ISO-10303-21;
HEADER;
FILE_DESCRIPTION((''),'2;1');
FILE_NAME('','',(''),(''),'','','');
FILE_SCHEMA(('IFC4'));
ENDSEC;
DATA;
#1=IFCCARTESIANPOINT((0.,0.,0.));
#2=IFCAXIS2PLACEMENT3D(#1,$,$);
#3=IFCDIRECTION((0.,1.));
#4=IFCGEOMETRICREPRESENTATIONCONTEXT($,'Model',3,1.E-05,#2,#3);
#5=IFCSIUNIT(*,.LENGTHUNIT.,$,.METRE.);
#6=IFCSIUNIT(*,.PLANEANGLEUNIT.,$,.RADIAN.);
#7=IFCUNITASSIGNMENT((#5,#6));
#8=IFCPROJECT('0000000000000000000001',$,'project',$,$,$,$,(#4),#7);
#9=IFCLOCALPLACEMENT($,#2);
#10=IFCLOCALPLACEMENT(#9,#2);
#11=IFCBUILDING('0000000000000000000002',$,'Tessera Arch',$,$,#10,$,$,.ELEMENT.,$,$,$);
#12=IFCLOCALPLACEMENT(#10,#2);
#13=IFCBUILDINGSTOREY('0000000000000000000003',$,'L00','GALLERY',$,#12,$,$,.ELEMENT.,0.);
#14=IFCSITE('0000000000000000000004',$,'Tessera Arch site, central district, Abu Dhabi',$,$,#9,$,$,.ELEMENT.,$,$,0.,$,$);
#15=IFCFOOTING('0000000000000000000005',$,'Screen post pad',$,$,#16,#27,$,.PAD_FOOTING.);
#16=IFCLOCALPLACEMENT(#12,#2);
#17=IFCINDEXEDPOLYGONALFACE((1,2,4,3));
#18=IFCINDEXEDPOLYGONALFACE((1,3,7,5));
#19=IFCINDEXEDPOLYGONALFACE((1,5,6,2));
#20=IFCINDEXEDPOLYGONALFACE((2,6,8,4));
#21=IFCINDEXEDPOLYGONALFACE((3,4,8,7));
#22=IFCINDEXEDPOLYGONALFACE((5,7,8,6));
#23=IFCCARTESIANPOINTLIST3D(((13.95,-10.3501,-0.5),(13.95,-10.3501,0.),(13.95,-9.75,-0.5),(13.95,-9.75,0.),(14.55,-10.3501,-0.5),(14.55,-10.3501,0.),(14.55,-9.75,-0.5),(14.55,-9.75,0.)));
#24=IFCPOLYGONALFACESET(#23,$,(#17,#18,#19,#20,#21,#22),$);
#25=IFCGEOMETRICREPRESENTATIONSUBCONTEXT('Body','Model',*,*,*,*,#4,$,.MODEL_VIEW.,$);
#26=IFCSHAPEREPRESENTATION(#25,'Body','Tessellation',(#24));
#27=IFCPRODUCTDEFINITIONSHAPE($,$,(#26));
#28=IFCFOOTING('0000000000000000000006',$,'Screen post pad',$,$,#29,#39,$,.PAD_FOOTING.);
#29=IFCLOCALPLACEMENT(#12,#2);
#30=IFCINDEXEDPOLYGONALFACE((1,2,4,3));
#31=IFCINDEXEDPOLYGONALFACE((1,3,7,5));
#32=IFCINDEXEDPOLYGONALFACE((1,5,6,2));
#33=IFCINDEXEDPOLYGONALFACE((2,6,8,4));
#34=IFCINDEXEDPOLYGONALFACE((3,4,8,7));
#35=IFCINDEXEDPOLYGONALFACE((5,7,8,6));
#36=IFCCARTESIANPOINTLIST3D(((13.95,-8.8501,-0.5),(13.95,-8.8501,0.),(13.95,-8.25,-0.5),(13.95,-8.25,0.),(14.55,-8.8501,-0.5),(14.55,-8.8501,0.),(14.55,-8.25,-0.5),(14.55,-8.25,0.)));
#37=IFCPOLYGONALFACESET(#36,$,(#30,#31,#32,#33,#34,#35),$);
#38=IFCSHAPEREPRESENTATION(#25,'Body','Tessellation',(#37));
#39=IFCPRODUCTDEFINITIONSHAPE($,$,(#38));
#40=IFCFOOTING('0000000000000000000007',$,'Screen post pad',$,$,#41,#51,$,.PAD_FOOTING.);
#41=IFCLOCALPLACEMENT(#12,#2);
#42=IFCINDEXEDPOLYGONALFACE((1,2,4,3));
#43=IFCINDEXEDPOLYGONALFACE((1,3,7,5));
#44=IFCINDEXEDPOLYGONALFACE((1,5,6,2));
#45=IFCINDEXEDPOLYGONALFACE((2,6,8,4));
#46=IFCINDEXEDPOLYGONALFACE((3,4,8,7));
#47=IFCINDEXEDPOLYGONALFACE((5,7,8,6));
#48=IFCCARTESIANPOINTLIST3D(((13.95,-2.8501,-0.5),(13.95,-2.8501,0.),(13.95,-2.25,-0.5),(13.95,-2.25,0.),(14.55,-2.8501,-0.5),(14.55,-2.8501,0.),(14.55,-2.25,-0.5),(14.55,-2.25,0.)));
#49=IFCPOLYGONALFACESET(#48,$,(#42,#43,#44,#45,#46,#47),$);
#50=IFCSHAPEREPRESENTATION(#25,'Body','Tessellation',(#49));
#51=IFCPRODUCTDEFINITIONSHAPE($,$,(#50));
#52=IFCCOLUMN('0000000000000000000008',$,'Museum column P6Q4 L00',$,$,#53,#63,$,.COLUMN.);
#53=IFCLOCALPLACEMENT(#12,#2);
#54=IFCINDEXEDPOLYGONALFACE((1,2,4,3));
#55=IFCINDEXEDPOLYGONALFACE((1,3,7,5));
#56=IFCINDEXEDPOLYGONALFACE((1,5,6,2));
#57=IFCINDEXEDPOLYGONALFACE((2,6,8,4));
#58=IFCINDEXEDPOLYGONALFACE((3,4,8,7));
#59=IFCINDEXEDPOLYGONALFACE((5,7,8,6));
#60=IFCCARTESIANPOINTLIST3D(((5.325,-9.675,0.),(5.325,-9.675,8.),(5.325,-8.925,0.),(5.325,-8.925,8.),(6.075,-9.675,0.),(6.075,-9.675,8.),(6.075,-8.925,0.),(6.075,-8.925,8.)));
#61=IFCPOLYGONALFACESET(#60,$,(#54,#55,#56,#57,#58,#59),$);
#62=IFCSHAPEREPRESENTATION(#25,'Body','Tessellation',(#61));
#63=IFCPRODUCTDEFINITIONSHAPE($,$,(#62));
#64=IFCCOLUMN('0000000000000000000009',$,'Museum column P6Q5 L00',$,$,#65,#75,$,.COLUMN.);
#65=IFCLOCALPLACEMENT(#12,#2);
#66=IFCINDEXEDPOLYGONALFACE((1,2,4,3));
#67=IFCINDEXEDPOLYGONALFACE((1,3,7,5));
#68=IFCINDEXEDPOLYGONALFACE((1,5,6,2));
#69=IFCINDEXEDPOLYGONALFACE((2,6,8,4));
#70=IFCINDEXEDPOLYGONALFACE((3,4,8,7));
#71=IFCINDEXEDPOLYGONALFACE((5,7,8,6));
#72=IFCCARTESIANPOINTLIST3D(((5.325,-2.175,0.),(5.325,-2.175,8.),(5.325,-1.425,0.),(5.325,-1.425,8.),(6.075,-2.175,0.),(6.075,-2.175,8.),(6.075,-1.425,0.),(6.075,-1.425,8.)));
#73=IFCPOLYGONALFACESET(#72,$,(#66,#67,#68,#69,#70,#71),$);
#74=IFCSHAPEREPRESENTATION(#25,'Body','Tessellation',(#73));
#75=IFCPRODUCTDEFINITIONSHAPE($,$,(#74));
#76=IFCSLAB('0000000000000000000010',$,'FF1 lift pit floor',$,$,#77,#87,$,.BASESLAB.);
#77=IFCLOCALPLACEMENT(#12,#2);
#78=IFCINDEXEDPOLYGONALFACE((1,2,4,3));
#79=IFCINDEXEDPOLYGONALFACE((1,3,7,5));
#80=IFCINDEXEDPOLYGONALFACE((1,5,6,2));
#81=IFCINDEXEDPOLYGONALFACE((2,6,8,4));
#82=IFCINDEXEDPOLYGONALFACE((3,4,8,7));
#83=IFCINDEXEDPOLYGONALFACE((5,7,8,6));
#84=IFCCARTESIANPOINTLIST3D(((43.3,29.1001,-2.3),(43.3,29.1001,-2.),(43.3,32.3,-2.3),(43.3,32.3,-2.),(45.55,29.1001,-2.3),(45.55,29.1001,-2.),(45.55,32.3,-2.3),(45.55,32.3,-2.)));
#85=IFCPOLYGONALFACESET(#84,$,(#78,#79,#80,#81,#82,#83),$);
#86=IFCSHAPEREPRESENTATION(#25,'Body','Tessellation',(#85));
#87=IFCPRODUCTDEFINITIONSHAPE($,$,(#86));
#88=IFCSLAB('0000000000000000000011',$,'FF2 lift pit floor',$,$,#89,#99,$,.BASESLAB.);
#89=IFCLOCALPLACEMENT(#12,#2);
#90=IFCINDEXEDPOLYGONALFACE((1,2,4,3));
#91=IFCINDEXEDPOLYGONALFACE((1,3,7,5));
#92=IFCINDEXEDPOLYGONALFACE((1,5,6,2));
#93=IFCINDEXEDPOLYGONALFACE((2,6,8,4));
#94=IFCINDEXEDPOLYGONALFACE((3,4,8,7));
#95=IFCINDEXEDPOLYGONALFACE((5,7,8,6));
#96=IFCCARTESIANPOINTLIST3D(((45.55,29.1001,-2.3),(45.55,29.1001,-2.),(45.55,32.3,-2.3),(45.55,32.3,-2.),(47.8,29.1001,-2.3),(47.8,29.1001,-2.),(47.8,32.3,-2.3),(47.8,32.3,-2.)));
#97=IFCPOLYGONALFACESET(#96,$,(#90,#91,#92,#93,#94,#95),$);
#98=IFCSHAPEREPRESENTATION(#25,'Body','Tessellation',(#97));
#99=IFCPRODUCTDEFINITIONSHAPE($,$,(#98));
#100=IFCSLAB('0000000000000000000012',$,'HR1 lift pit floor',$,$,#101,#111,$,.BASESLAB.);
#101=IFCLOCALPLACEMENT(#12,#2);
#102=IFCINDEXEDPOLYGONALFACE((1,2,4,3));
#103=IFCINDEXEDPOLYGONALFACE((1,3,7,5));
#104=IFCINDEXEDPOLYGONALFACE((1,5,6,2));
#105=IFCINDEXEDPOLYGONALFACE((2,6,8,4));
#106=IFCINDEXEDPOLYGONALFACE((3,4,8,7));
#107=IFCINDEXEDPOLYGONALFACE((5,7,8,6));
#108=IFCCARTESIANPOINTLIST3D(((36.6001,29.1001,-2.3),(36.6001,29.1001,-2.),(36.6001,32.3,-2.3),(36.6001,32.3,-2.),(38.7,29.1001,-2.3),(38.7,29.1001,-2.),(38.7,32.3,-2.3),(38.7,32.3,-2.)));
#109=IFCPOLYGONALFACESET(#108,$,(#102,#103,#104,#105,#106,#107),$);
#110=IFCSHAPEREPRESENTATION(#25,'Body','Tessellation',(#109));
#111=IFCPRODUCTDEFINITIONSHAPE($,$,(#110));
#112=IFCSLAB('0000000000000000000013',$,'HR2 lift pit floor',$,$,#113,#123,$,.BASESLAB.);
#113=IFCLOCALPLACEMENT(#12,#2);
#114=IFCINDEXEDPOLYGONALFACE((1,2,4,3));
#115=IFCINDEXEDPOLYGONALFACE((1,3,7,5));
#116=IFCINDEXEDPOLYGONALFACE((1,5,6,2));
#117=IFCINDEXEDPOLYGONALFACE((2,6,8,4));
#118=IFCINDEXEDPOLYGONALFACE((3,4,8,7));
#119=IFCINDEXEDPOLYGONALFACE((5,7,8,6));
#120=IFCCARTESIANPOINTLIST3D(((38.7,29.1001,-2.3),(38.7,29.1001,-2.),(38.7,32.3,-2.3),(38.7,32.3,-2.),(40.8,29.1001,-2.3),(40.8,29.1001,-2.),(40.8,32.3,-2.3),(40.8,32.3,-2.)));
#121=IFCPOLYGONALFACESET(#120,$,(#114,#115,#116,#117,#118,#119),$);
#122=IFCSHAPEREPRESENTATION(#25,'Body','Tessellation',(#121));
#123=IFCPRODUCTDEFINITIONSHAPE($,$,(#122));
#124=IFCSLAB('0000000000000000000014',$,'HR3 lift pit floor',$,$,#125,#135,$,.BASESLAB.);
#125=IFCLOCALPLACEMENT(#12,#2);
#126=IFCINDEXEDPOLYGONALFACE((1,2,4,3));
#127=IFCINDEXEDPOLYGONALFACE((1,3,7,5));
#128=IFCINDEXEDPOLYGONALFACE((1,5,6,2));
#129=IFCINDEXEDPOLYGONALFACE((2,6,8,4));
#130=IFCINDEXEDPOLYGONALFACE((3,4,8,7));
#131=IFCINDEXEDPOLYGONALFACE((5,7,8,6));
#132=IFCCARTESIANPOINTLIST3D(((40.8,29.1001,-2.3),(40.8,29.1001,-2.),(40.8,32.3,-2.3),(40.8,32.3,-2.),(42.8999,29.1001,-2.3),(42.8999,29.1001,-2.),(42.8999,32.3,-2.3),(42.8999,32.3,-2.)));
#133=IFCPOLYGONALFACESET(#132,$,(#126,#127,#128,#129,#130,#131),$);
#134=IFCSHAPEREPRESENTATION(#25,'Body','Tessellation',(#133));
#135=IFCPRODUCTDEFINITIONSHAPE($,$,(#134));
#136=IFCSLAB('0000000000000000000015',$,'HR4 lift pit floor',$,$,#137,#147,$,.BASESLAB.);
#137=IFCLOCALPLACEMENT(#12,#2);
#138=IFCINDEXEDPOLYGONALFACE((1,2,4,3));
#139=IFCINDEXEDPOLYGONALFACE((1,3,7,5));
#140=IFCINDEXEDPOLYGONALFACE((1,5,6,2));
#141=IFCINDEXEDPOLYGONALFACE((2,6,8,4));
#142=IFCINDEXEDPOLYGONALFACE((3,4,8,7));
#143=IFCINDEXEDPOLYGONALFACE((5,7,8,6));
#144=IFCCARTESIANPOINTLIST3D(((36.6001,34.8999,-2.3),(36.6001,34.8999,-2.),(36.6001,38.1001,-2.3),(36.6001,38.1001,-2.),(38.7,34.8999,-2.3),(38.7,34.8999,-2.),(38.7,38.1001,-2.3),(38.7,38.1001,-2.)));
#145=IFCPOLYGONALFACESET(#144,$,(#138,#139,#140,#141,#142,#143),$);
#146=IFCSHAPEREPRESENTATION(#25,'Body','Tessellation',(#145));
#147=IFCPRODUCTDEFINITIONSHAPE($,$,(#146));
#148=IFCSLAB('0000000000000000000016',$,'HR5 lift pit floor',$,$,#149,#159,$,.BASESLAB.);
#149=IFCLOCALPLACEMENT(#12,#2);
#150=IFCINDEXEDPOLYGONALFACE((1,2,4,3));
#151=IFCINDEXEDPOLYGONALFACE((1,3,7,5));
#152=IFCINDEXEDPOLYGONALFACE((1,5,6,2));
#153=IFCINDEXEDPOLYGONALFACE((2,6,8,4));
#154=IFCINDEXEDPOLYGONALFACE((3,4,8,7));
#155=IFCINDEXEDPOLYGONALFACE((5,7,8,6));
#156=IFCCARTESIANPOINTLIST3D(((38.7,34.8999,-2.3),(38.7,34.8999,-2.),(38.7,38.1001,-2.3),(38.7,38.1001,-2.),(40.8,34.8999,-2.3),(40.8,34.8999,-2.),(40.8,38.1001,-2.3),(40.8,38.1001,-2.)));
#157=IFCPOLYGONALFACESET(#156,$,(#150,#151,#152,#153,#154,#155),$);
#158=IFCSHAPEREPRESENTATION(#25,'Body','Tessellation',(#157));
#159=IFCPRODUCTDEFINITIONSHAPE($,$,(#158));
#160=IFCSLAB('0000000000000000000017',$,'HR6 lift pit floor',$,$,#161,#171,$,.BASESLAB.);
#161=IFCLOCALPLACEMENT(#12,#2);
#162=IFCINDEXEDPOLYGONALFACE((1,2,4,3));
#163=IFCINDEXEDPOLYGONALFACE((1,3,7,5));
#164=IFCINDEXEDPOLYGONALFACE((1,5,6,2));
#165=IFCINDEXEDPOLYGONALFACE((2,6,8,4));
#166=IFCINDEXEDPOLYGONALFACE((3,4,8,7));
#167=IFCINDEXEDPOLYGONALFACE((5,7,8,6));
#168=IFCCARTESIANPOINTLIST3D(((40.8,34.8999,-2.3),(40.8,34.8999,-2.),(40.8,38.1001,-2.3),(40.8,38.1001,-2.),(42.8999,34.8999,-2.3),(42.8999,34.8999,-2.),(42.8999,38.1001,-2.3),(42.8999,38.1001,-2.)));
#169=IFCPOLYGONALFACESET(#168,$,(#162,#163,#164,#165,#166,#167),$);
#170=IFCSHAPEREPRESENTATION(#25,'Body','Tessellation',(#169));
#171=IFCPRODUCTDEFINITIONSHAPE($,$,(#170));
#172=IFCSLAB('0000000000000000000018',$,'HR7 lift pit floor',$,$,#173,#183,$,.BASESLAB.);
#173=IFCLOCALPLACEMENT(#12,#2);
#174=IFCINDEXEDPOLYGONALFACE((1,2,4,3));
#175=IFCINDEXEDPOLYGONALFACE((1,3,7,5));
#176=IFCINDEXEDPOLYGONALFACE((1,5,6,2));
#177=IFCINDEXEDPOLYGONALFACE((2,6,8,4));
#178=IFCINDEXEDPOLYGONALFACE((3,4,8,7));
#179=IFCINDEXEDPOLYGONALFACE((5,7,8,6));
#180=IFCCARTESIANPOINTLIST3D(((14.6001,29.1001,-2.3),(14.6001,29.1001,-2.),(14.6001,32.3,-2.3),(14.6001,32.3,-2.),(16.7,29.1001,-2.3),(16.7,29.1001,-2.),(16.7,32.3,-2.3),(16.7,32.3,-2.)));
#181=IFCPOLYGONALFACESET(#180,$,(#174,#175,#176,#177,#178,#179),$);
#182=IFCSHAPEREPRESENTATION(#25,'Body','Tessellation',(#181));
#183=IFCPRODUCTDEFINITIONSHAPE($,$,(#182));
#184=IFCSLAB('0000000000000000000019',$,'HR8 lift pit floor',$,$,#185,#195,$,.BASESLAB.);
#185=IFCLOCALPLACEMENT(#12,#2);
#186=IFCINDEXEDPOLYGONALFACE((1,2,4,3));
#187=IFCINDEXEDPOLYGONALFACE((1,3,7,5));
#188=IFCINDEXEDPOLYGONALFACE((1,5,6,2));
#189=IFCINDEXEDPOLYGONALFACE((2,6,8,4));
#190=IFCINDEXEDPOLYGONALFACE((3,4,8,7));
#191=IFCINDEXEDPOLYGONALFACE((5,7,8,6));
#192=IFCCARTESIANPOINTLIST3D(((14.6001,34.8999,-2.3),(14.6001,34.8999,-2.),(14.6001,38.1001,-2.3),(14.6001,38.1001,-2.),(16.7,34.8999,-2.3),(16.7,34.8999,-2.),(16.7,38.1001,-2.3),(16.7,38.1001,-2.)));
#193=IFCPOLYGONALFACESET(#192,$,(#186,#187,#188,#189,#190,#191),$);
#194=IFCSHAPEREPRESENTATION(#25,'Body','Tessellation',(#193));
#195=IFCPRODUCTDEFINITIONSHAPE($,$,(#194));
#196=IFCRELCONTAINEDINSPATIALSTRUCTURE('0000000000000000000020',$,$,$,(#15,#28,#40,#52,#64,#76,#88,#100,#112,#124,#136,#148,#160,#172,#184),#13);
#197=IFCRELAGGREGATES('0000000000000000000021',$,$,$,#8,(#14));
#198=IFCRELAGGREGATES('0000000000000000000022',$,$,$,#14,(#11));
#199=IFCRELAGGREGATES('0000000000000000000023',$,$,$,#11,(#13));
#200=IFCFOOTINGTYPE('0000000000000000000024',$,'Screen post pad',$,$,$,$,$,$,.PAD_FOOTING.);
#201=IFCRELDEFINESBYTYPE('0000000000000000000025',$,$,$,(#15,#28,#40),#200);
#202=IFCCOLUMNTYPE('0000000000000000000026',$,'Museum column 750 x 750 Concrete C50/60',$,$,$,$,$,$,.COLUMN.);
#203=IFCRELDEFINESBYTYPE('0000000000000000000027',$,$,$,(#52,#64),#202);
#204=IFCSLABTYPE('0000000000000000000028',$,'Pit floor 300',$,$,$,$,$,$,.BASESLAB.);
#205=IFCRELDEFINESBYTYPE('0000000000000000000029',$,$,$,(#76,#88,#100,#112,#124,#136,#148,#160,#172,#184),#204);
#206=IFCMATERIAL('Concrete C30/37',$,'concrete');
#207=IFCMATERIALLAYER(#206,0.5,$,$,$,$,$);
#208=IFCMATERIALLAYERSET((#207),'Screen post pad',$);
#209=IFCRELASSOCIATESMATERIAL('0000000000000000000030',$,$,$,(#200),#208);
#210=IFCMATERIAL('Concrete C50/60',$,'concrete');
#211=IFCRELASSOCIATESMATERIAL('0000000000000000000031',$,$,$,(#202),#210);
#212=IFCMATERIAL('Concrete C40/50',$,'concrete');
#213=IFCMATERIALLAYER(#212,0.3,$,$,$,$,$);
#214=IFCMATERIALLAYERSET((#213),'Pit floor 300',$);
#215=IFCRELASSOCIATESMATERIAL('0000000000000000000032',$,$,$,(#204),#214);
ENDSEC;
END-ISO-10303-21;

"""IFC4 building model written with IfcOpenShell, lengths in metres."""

from ifc_helpers import new_model, si_unit, direction, frame, origin, origin_2d, place, context, subcontext, project, spatial, polyline, rectangle, outline, extrude, material, layer, layer_set, material_profile, profile_set, type_object, element, save


model = new_model("IFC4")

# Units and contexts
model_context = context("Model", 3, precision=1e-05, world=origin(), true_north=direction((0.0, 1.0)))
body_context = subcontext(model_context, "Body", "Model", "MODEL_VIEW")
ifc_project = project(units=[si_unit("LENGTHUNIT", "METRE"), si_unit("PLANEANGLEUNIT", "RADIAN")], contexts=[model_context])

# Site, building, storey
site_placement = place(None, origin())
site = spatial("IfcSite", under=ifc_project, at=site_placement, Name="Tessera Arch site, central district, Abu Dhabi", CompositionType="ELEMENT", RefElevation=0.0)
building_placement = place(site_placement, origin())
building = spatial("IfcBuilding", under=site, at=building_placement, Name="Tessera Arch", CompositionType="ELEMENT")
storey_placement = place(building_placement, origin())
storey = spatial("IfcBuildingStorey", under=building, at=storey_placement, Name="L00", Description="GALLERY", CompositionType="ELEMENT", Elevation=0.0)

# Footings
ifc_material_1 = material(Name="Concrete C30/37", Category="concrete")
ifc_layer_1 = layer(ifc_material_1, 0.5)
ifc_layer_set_1 = layer_set([ifc_layer_1], Name="Screen post pad")
footing_type = type_object("IfcFootingType", Name="Screen post pad", PredefinedType="PAD_FOOTING", material=ifc_layer_set_1)
footing_1_placement = place(storey_placement, frame((0.0, 0.0, -0.5)))
element("IfcFooting", 1, at=footing_1_placement, inside=storey, type_object=footing_type, Name="Screen post pad", PredefinedType="PAD_FOOTING", context=body_context, shape_type="SweptSolid", body=[
    extrude(outline(polyline([(13.95, -10.3501), (13.95, -9.75), (14.55, -9.75), (14.55, -10.3501), (13.95, -10.3501)])), origin(), (0.0, 0.0, 1.0), 0.5),
])
footing_2_placement = place(storey_placement, frame((0.0, 0.0, -0.5)))
element("IfcFooting", 2, at=footing_2_placement, inside=storey, type_object=footing_type, Name="Screen post pad", PredefinedType="PAD_FOOTING", context=body_context, shape_type="SweptSolid", body=[
    extrude(outline(polyline([(13.95, -8.8501), (13.95, -8.25), (14.55, -8.25), (14.55, -8.8501), (13.95, -8.8501)])), origin(), (0.0, 0.0, 1.0), 0.5),
])
footing_3_placement = place(storey_placement, frame((0.0, 0.0, -0.5)))
element("IfcFooting", 3, at=footing_3_placement, inside=storey, type_object=footing_type, Name="Screen post pad", PredefinedType="PAD_FOOTING", context=body_context, shape_type="SweptSolid", body=[
    extrude(outline(polyline([(13.95, -2.8501), (13.95, -2.25), (14.55, -2.25), (14.55, -2.8501), (13.95, -2.8501)])), origin(), (0.0, 0.0, 1.0), 0.5),
])

# Columns
ifc_material_2 = material(Name="Concrete C50/60", Category="concrete")
ifc_material_profile = material_profile(ifc_material_2, rectangle(XDim=0.75, YDim=0.75, at=origin_2d()), Name="Museum column 750 x 750 Concrete C50/60")
ifc_profile_set = profile_set([ifc_material_profile], Name="Concrete C50/60")
column_type = type_object("IfcColumnType", Name="Museum column 750 x 750 Concrete C50/60", PredefinedType="COLUMN", material=ifc_profile_set)
for number, where, z_axis, x_axis, name in (
    (4, (5.7, -9.3, 0.0), (0.0, 0.0, 1.0), (1.0, 0.0, 0.0), "Museum column P6Q4 L00"),
    (5, (5.7, -1.8, 0.0), (0.0, 0.0, 1.0), (1.0, 0.0, 0.0), "Museum column P6Q5 L00"),
):
    element("IfcColumn", number, at=place(storey_placement, frame(where, z_axis=z_axis, x_axis=x_axis)), inside=storey, type_object=column_type, Name=name, PredefinedType="COLUMN", context=body_context, shape_type="SweptSolid", body=[
        extrude(rectangle(XDim=0.75, YDim=0.75, at=origin_2d()), origin(), (0.0, 0.0, 1.0), 8.0),
    ])

# Slabs
ifc_material_3 = material(Name="Concrete C40/50", Category="concrete")
ifc_layer_2 = layer(ifc_material_3, 0.3)
ifc_layer_set_2 = layer_set([ifc_layer_2], Name="Pit floor 300")
slab_type_1 = type_object("IfcSlabType", Name="Pit floor 300", PredefinedType="BASESLAB", material=ifc_layer_set_2)
slab_1_placement = place(storey_placement, frame((0.0, 0.0, -2.3)))
element("IfcSlab", 6, at=slab_1_placement, inside=storey, type_object=slab_type_1, Name="FF1 lift pit floor", PredefinedType="BASESLAB", context=body_context, shape_type="SweptSolid", body=[
    extrude(outline(polyline([(43.3, 29.1001), (45.55, 29.1001), (45.55, 32.3), (43.3, 32.3), (43.3, 29.1001)])), origin(), (0.0, 0.0, 1.0), 0.3),
])
slab_2_placement = place(storey_placement, frame((0.0, 0.0, -2.3)))
element("IfcSlab", 7, at=slab_2_placement, inside=storey, type_object=slab_type_1, Name="FF2 lift pit floor", PredefinedType="BASESLAB", context=body_context, shape_type="SweptSolid", body=[
    extrude(outline(polyline([(45.55, 29.1001), (47.8, 29.1001), (47.8, 32.3), (45.55, 32.3), (45.55, 29.1001)])), origin(), (0.0, 0.0, 1.0), 0.3),
])
slab_3_placement = place(storey_placement, frame((0.0, 0.0, -2.3)))
element("IfcSlab", 8, at=slab_3_placement, inside=storey, type_object=slab_type_1, Name="HR1 lift pit floor", PredefinedType="BASESLAB", context=body_context, shape_type="SweptSolid", body=[
    extrude(outline(polyline([(36.6001, 29.1001), (38.7, 29.1001), (38.7, 32.3), (36.6001, 32.3), (36.6001, 29.1001)])), origin(), (0.0, 0.0, 1.0), 0.3),
])
slab_4_placement = place(storey_placement, frame((0.0, 0.0, -2.3)))
element("IfcSlab", 9, at=slab_4_placement, inside=storey, type_object=slab_type_1, Name="HR2 lift pit floor", PredefinedType="BASESLAB", context=body_context, shape_type="SweptSolid", body=[
    extrude(outline(polyline([(38.7, 29.1001), (40.8, 29.1001), (40.8, 32.3), (38.7, 32.3), (38.7, 29.1001)])), origin(), (0.0, 0.0, 1.0), 0.3),
])
slab_5_placement = place(storey_placement, frame((0.0, 0.0, -2.3)))
element("IfcSlab", 10, at=slab_5_placement, inside=storey, type_object=slab_type_1, Name="HR3 lift pit floor", PredefinedType="BASESLAB", context=body_context, shape_type="SweptSolid", body=[
    extrude(outline(polyline([(40.8, 29.1001), (42.8999, 29.1001), (42.8999, 32.3), (40.8, 32.3), (40.8, 29.1001)])), origin(), (0.0, 0.0, 1.0), 0.3),
])
slab_6_placement = place(storey_placement, frame((0.0, 0.0, -2.3)))
element("IfcSlab", 11, at=slab_6_placement, inside=storey, type_object=slab_type_1, Name="HR4 lift pit floor", PredefinedType="BASESLAB", context=body_context, shape_type="SweptSolid", body=[
    extrude(outline(polyline([(36.6001, 34.8999), (38.7, 34.8999), (38.7, 38.1001), (36.6001, 38.1001), (36.6001, 34.8999)])), origin(), (0.0, 0.0, 1.0), 0.3),
])
slab_7_placement = place(storey_placement, frame((0.0, 0.0, -2.3)))
element("IfcSlab", 12, at=slab_7_placement, inside=storey, type_object=slab_type_1, Name="HR5 lift pit floor", PredefinedType="BASESLAB", context=body_context, shape_type="SweptSolid", body=[
    extrude(outline(polyline([(38.7, 34.8999), (40.8, 34.8999), (40.8, 38.1001), (38.7, 38.1001), (38.7, 34.8999)])), origin(), (0.0, 0.0, 1.0), 0.3),
])
slab_8_placement = place(storey_placement, frame((0.0, 0.0, -2.3)))
element("IfcSlab", 13, at=slab_8_placement, inside=storey, type_object=slab_type_1, Name="HR6 lift pit floor", PredefinedType="BASESLAB", context=body_context, shape_type="SweptSolid", body=[
    extrude(outline(polyline([(40.8, 34.8999), (42.8999, 34.8999), (42.8999, 38.1001), (40.8, 38.1001), (40.8, 34.8999)])), origin(), (0.0, 0.0, 1.0), 0.3),
])
slab_9_placement = place(storey_placement, frame((0.0, 0.0, -2.3)))
element("IfcSlab", 14, at=slab_9_placement, inside=storey, type_object=slab_type_1, Name="HR7 lift pit floor", PredefinedType="BASESLAB", context=body_context, shape_type="SweptSolid", body=[
    extrude(outline(polyline([(14.6001, 29.1001), (16.7, 29.1001), (16.7, 32.3), (14.6001, 32.3), (14.6001, 29.1001)])), origin(), (0.0, 0.0, 1.0), 0.3),
])
slab_10_placement = place(storey_placement, frame((0.0, 0.0, -2.3)))
element("IfcSlab", 15, at=slab_10_placement, inside=storey, type_object=slab_type_1, Name="HR8 lift pit floor", PredefinedType="BASESLAB", context=body_context, shape_type="SweptSolid", body=[
    extrude(outline(polyline([(14.6001, 34.8999), (16.7, 34.8999), (16.7, 38.1001), (14.6001, 38.1001), (14.6001, 34.8999)])), origin(), (0.0, 0.0, 1.0), 0.3),
])

save(model, "model.ifc")
